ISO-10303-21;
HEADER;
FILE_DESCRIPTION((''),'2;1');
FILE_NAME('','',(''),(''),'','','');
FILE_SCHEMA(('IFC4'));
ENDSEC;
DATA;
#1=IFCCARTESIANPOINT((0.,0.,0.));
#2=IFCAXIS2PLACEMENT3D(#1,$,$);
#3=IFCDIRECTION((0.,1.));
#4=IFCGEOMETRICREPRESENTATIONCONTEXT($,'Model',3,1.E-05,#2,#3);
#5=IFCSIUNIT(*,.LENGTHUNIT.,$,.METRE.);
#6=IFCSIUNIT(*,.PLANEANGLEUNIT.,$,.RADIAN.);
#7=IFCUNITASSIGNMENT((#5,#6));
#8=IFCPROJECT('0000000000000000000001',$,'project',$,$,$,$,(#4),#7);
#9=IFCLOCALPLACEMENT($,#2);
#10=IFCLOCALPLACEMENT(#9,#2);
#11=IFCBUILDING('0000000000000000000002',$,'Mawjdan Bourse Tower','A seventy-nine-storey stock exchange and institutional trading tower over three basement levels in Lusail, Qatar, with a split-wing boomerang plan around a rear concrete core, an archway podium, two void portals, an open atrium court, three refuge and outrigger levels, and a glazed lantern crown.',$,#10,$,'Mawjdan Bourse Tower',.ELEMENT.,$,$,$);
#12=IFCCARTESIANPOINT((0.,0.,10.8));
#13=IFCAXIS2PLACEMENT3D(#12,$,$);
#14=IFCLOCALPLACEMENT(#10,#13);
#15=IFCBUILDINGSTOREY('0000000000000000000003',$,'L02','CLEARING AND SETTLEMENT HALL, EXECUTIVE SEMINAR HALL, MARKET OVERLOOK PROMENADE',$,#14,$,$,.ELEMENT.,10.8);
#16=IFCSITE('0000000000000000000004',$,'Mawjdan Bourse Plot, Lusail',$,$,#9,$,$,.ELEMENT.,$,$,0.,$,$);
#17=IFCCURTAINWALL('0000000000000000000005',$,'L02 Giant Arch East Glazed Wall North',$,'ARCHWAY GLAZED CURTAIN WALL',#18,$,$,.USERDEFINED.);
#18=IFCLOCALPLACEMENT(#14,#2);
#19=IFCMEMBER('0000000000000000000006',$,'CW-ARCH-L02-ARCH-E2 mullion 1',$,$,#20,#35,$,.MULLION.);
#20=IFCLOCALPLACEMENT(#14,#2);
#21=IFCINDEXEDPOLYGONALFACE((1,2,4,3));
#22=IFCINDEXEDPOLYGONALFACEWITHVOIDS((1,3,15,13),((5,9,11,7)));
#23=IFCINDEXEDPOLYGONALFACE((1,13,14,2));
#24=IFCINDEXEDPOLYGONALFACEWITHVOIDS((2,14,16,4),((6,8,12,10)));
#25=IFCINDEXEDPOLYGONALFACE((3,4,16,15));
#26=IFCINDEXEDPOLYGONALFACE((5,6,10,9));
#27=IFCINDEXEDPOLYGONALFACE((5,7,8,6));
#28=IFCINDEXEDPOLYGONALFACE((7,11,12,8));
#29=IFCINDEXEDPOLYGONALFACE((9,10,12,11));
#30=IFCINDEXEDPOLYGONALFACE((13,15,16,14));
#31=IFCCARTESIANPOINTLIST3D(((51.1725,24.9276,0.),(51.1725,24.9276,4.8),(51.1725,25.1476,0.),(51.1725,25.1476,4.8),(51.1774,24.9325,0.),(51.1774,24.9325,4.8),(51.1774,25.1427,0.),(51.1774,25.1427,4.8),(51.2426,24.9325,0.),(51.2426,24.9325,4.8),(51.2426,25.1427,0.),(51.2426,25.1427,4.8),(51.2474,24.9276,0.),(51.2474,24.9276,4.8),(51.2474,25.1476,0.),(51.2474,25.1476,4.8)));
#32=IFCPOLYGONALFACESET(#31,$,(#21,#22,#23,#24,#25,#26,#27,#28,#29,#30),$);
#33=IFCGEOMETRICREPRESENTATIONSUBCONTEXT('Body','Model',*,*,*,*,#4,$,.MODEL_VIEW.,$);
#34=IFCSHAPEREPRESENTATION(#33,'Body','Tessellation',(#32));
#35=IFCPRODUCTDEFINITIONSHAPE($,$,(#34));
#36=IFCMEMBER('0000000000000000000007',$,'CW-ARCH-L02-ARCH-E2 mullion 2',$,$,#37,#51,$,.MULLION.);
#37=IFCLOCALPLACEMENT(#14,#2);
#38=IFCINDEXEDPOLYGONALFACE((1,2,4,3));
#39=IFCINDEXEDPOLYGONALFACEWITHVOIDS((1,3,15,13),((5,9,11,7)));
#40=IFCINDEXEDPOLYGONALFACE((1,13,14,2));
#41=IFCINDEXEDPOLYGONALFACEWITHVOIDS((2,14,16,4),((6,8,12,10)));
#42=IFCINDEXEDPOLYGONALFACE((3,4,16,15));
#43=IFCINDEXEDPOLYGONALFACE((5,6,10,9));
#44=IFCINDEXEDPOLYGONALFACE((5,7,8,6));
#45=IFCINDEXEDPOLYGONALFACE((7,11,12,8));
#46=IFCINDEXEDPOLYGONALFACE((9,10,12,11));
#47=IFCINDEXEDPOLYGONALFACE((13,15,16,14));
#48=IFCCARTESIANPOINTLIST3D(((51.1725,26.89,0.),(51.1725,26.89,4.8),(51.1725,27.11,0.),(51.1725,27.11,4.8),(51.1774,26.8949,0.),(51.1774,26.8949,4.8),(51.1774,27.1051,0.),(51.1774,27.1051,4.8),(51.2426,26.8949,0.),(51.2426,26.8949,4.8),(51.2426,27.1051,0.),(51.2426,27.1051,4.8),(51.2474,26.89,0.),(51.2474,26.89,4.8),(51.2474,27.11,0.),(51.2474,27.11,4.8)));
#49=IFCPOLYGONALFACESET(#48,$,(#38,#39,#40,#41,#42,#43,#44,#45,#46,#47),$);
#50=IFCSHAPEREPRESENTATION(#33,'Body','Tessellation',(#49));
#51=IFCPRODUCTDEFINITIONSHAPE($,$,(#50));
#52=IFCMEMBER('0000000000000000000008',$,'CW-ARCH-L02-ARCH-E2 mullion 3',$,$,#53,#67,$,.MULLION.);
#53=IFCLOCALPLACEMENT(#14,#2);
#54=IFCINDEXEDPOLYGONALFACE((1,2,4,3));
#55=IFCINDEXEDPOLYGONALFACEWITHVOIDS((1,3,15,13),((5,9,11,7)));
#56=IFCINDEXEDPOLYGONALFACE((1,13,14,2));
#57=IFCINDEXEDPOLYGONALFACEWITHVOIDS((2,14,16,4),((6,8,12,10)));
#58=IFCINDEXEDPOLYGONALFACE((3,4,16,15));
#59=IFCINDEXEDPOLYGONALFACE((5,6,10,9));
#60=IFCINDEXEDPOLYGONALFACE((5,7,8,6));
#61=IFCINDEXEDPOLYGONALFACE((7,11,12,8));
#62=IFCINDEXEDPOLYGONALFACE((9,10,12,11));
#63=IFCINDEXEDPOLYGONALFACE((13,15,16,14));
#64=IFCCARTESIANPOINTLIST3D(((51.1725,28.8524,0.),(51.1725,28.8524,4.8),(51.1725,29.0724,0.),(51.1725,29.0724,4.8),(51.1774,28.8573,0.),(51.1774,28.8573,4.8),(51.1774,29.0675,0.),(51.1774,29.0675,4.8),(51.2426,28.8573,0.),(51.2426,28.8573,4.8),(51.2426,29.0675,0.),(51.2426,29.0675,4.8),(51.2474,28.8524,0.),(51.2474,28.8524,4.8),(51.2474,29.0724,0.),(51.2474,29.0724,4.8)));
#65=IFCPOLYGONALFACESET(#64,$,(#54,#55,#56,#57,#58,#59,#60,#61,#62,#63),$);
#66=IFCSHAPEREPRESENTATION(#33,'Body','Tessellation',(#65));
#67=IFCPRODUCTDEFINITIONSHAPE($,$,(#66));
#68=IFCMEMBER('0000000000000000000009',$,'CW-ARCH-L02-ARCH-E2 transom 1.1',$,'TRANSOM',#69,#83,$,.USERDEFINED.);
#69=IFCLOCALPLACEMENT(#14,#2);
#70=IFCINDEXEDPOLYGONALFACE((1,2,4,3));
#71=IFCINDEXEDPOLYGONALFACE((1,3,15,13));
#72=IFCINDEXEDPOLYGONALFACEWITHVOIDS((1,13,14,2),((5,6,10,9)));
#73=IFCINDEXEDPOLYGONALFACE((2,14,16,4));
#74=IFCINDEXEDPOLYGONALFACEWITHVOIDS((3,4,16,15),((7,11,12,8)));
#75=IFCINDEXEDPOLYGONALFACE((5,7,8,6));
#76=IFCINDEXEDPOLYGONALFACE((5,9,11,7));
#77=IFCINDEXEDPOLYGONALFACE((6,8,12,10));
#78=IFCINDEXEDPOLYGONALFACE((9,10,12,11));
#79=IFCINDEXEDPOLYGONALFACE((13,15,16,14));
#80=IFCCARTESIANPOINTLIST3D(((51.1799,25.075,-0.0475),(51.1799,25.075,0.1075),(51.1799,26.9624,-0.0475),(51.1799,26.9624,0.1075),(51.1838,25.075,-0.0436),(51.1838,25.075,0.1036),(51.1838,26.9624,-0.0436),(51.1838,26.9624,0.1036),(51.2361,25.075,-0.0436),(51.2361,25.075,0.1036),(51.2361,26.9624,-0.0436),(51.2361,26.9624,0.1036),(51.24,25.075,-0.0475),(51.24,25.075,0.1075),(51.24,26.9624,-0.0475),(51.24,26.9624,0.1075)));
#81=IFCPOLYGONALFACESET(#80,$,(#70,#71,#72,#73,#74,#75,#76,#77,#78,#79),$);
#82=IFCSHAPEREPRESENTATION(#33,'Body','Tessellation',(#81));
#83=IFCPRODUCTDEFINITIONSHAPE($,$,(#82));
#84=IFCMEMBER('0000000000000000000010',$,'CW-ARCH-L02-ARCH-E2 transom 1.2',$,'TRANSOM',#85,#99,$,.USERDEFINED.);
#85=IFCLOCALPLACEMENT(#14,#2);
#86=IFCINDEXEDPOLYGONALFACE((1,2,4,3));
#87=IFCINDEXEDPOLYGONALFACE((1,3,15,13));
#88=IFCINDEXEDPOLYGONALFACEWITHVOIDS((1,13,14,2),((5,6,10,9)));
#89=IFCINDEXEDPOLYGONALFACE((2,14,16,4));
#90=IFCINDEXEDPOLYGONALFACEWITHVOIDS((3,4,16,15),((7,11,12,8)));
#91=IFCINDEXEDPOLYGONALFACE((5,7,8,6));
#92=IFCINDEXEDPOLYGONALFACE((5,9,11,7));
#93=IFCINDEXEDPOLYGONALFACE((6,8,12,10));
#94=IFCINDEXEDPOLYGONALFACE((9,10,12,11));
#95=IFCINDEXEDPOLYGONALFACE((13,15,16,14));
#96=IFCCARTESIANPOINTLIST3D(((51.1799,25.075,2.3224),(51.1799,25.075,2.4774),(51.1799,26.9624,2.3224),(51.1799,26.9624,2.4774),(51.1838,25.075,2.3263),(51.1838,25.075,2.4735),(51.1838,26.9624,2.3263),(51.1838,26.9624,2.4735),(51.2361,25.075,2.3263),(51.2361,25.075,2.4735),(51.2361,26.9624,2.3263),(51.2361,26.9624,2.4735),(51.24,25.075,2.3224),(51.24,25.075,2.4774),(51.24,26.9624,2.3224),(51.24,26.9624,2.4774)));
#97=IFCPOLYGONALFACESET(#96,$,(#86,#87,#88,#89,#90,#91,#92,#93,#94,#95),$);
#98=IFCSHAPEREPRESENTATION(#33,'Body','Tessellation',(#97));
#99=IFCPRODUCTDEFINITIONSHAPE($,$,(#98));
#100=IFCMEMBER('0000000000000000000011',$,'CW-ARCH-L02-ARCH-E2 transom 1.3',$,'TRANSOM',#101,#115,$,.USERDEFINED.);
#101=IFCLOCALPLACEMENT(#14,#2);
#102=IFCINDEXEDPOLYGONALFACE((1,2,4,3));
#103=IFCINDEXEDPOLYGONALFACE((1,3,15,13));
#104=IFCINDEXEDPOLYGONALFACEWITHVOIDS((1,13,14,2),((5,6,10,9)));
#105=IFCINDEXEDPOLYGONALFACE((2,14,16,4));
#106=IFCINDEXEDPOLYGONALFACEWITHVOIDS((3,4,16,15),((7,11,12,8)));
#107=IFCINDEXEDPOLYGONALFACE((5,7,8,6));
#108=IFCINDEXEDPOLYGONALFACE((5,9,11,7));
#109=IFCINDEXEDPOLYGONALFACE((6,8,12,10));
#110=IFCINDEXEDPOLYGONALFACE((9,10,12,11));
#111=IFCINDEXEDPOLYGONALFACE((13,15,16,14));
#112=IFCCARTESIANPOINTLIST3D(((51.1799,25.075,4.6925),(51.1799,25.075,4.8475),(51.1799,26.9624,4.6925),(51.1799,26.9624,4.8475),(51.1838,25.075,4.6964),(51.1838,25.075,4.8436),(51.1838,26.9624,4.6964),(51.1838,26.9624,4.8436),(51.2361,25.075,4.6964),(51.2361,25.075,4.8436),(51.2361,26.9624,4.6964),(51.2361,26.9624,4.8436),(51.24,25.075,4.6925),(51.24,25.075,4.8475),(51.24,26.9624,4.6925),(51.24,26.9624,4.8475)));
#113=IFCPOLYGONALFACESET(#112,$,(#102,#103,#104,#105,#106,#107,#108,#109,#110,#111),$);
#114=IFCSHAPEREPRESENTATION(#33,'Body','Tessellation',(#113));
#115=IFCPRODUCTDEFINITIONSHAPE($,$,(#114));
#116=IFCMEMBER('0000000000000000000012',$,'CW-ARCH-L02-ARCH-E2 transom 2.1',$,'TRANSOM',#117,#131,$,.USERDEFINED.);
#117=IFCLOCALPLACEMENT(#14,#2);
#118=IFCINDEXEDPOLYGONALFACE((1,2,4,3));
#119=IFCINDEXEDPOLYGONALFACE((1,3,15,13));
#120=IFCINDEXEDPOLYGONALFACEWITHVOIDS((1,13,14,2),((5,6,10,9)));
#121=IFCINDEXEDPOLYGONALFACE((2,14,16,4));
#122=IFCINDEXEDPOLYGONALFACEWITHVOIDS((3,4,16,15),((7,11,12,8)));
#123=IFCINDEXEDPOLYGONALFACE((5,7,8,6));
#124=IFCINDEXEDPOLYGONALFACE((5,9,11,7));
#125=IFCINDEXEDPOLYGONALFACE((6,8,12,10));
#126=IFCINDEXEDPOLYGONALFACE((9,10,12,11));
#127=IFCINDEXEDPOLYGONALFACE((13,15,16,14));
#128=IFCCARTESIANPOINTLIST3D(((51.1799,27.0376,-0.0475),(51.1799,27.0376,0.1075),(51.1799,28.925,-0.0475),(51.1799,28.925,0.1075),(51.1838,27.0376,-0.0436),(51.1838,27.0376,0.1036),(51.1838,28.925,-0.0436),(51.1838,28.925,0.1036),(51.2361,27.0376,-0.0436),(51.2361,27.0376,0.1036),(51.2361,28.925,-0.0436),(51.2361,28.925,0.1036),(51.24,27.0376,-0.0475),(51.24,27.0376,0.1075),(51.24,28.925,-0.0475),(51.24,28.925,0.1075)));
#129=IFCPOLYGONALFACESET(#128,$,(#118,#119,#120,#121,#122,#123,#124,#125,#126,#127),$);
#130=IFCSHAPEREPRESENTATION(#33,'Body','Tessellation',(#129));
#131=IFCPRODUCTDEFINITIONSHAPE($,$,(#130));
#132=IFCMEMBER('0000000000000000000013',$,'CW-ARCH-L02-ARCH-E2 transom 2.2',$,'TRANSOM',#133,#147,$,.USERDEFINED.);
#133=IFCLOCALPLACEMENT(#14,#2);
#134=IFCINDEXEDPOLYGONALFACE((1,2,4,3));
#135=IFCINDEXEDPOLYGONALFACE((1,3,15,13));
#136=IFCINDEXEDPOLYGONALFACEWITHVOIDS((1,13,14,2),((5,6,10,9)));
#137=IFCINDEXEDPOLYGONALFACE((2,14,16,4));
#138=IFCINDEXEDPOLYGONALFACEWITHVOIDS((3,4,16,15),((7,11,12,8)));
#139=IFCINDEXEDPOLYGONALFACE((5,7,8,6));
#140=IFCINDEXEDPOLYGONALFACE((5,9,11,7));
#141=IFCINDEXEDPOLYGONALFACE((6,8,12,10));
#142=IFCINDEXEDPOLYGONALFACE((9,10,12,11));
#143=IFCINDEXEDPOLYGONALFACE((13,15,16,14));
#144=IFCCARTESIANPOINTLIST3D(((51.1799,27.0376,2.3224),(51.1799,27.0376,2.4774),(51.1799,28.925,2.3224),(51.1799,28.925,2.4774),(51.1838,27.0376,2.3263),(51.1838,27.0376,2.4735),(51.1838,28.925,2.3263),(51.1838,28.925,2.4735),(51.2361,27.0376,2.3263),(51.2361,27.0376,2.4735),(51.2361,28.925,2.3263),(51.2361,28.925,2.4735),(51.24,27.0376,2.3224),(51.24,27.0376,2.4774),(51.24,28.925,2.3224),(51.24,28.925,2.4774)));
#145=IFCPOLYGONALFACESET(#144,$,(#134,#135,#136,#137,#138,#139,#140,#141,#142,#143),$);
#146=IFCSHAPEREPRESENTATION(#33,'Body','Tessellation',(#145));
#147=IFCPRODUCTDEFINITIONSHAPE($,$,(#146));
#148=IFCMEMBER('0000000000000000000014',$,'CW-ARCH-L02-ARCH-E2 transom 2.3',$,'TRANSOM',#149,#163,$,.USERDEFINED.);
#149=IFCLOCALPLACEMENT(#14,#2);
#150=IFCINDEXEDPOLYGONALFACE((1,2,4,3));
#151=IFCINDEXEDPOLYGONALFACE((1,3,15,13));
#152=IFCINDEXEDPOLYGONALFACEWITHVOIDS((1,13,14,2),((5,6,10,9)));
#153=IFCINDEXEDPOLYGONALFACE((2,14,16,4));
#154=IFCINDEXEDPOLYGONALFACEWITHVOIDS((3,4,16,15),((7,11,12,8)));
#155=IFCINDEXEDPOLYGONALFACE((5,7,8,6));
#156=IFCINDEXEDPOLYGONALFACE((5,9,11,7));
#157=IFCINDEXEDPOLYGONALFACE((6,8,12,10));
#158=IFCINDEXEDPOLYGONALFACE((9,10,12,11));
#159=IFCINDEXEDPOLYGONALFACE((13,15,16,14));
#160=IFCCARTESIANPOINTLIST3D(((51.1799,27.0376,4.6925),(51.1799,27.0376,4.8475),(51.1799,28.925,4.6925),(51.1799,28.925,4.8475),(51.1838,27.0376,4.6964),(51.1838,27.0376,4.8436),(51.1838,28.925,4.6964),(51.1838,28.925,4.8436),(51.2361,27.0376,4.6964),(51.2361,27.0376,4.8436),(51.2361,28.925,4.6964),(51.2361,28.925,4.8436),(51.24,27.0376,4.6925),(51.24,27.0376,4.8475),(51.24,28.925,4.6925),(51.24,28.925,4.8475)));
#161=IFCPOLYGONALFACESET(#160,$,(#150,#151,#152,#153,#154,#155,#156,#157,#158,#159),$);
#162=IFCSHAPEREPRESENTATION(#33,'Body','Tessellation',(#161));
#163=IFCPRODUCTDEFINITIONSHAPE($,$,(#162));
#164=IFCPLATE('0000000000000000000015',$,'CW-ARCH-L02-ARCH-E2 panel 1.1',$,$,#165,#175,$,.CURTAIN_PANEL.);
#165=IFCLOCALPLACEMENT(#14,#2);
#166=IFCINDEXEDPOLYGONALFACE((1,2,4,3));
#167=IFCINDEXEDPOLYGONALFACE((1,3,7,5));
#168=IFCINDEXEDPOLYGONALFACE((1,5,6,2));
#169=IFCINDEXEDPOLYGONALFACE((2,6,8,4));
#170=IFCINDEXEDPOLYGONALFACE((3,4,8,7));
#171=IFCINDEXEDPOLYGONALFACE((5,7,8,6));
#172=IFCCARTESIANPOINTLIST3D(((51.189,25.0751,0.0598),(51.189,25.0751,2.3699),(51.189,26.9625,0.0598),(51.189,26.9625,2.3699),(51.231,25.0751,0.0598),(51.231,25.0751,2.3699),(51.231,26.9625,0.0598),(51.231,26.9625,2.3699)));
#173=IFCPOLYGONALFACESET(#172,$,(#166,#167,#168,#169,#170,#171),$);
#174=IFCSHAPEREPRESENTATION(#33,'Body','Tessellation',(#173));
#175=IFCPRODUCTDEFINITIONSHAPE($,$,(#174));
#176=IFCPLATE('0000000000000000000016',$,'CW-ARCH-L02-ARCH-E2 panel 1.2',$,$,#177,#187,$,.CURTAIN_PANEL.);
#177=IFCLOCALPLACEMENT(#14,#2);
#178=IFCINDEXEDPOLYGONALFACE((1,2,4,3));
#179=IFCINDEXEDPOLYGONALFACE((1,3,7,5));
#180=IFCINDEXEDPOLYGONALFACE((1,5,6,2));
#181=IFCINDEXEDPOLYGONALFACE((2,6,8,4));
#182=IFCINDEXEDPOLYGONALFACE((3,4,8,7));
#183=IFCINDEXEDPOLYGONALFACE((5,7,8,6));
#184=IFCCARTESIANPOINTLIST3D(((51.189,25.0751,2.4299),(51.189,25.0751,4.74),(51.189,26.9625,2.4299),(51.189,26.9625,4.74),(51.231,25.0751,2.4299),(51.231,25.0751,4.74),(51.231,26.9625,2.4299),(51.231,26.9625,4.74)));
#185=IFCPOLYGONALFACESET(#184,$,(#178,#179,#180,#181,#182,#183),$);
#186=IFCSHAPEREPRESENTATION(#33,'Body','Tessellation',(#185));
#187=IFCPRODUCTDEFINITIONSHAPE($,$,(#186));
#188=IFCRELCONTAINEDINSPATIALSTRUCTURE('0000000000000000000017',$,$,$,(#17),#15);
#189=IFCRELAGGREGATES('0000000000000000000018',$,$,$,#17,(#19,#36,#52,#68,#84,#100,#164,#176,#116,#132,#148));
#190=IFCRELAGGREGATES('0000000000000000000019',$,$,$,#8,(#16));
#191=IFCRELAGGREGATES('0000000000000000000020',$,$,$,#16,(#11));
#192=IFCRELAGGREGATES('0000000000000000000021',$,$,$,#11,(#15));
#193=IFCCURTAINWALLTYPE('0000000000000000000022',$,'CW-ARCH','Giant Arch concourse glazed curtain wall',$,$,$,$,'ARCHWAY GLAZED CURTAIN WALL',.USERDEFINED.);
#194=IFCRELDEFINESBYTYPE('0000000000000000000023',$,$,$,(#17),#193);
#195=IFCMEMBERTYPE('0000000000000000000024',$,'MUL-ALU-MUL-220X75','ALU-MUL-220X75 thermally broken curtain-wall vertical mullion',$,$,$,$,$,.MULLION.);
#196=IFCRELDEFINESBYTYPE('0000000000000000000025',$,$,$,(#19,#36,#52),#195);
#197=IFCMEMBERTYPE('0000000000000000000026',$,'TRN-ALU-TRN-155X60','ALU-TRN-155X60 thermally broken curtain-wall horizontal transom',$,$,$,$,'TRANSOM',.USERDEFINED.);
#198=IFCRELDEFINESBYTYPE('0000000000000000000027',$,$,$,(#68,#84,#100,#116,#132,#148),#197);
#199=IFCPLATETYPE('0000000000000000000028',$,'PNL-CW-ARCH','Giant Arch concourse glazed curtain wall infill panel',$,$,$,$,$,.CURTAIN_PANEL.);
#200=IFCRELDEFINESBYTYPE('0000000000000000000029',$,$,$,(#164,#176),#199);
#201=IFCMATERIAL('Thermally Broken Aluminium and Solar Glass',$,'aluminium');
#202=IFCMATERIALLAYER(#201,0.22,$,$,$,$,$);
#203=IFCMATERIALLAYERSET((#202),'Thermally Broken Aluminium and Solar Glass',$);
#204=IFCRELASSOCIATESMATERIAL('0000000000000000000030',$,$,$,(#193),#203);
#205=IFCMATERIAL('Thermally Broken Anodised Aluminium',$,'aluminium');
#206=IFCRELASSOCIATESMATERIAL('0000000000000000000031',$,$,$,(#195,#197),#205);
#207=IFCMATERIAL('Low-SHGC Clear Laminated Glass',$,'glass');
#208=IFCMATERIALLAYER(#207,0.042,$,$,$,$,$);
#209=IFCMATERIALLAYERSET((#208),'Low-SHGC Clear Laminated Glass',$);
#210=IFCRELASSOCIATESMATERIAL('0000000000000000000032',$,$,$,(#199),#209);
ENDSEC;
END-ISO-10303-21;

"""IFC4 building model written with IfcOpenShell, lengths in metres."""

from ifc_helpers import new_model, si_unit, direction, frame, origin, origin_2d, place, context, subcontext, project, spatial, rectangle, hollow_rectangle, extrude, material, layer, layer_set, material_profile, profile_set, type_object, element, aggregate, save


model = new_model("IFC4")

# Units and contexts
model_context = context("Model", 3, precision=1e-05, world=origin(), true_north=direction((0.0, 1.0)))
body_context = subcontext(model_context, "Body", "Model", "MODEL_VIEW")
ifc_project = project(units=[si_unit("LENGTHUNIT", "METRE"), si_unit("PLANEANGLEUNIT", "RADIAN")], contexts=[model_context])

# Site, building, storey
site_placement = place(None, origin())
site = spatial("IfcSite", under=ifc_project, at=site_placement, Name="Mawjdan Bourse Plot, Lusail", CompositionType="ELEMENT", RefElevation=0.0)
building_placement = place(site_placement, origin())
building = spatial("IfcBuilding", under=site, at=building_placement, Name="Mawjdan Bourse Tower", Description="A seventy-nine-storey stock exchange and institutional trading tower over three basement levels in Lusail, Qatar, with a split-wing boomerang plan around a rear concrete core, an archway podium, two void portals, an open atrium court, three refuge and outrigger levels, and a glazed lantern crown.", LongName="Mawjdan Bourse Tower", CompositionType="ELEMENT")
storey_placement = place(building_placement, frame((0.0, 0.0, 10.8)))
storey = spatial("IfcBuildingStorey", under=building, at=storey_placement, Name="L02", Description="CLEARING AND SETTLEMENT HALL, EXECUTIVE SEMINAR HALL, MARKET OVERLOOK PROMENADE", CompositionType="ELEMENT", Elevation=10.8)

# Curtain wall, members, plates
ifc_material_1 = material(Name="Thermally Broken Aluminium and Solar Glass", Category="aluminium")
ifc_layer_1 = layer(ifc_material_1, 0.22)
ifc_layer_set_1 = layer_set([ifc_layer_1], Name="Thermally Broken Aluminium and Solar Glass")
curtain_wall_type = type_object("IfcCurtainWallType", Name="CW-ARCH", Description="Giant Arch concourse glazed curtain wall", ElementType="ARCHWAY GLAZED CURTAIN WALL", PredefinedType="USERDEFINED", material=ifc_layer_set_1)
curtain_wall_placement = place(storey_placement, origin())
curtain_wall = element("IfcCurtainWall", 1, at=curtain_wall_placement, inside=storey, type_object=curtain_wall_type, Name="L02 Giant Arch East Glazed Wall North", ObjectType="ARCHWAY GLAZED CURTAIN WALL", PredefinedType="USERDEFINED")
ifc_material_2 = material(Name="Thermally Broken Anodised Aluminium", Category="aluminium")
ifc_material_profile_1 = material_profile(ifc_material_2, hollow_rectangle(XDim=0.075, YDim=0.22, WallThickness=0.0049, at=origin_2d()), Name="ALU-MUL-220X75")
ifc_profile_set_1 = profile_set([ifc_material_profile_1], Name="Thermally Broken Anodised Aluminium")
member_type_1 = type_object("IfcMemberType", Name="MUL-ALU-MUL-220X75", Description="ALU-MUL-220X75 thermally broken curtain-wall vertical mullion", PredefinedType="MULLION", material=ifc_profile_set_1)
member_1_placement = place(storey_placement, frame((51.21, 25.0376, 0.0), z_axis=(0.0, 0.0, 1.0), x_axis=(-1.0, 0.0, 0.0)))
member_1 = element("IfcMember", 2, at=member_1_placement, type_object=member_type_1, Name="CW-ARCH-L02-ARCH-E2 mullion 1", PredefinedType="MULLION", context=body_context, shape_type="SweptSolid", body=[
    extrude(hollow_rectangle(XDim=0.075, YDim=0.22, WallThickness=0.0049, at=origin_2d()), origin(), (0.0, 0.0, 1.0), 4.8),
])
member_2_placement = place(storey_placement, frame((51.21, 27.0, 0.0), z_axis=(0.0, 0.0, 1.0), x_axis=(-1.0, 0.0, 0.0)))
member_2 = element("IfcMember", 3, at=member_2_placement, type_object=member_type_1, Name="CW-ARCH-L02-ARCH-E2 mullion 2", PredefinedType="MULLION", context=body_context, shape_type="SweptSolid", body=[
    extrude(hollow_rectangle(XDim=0.075, YDim=0.22, WallThickness=0.0049, at=origin_2d()), origin(), (0.0, 0.0, 1.0), 4.8),
])
member_3_placement = place(storey_placement, frame((51.21, 28.9624, 0.0), z_axis=(0.0, 0.0, 1.0), x_axis=(-1.0, 0.0, 0.0)))
member_3 = element("IfcMember", 4, at=member_3_placement, type_object=member_type_1, Name="CW-ARCH-L02-ARCH-E2 mullion 3", PredefinedType="MULLION", context=body_context, shape_type="SweptSolid", body=[
    extrude(hollow_rectangle(XDim=0.075, YDim=0.22, WallThickness=0.0049, at=origin_2d()), origin(), (0.0, 0.0, 1.0), 4.8),
])
ifc_material_profile_2 = material_profile(ifc_material_2, hollow_rectangle(XDim=0.0601, YDim=0.155, WallThickness=0.0039, at=origin_2d()), Name="ALU-TRN-155X60")
ifc_profile_set_2 = profile_set([ifc_material_profile_2], Name="Thermally Broken Anodised Aluminium")
member_type_2 = type_object("IfcMemberType", Name="TRN-ALU-TRN-155X60", Description="ALU-TRN-155X60 thermally broken curtain-wall horizontal transom", ElementType="TRANSOM", PredefinedType="USERDEFINED", material=ifc_profile_set_2)
member_4_placement = place(storey_placement, frame((51.21, 25.075, 0.03), z_axis=(0.0, 1.0, 0.0), x_axis=(-1.0, 0.0, 0.0)))
member_4 = element("IfcMember", 5, at=member_4_placement, type_object=member_type_2, Name="CW-ARCH-L02-ARCH-E2 transom 1.1", ObjectType="TRANSOM", PredefinedType="USERDEFINED", context=body_context, shape_type="SweptSolid", body=[
    extrude(hollow_rectangle(XDim=0.0601, YDim=0.155, WallThickness=0.0039, at=origin_2d()), origin(), (0.0, 0.0, 1.0), 1.8875),
])
member_5_placement = place(storey_placement, frame((51.21, 25.075, 2.3999), z_axis=(0.0, 1.0, 0.0), x_axis=(-1.0, 0.0, 0.0)))
member_5 = element("IfcMember", 6, at=member_5_placement, type_object=member_type_2, Name="CW-ARCH-L02-ARCH-E2 transom 1.2", ObjectType="TRANSOM", PredefinedType="USERDEFINED", context=body_context, shape_type="SweptSolid", body=[
    extrude(hollow_rectangle(XDim=0.0601, YDim=0.155, WallThickness=0.0039, at=origin_2d()), origin(), (0.0, 0.0, 1.0), 1.8875),
])
member_6_placement = place(storey_placement, frame((51.21, 25.075, 4.77), z_axis=(0.0, 1.0, 0.0), x_axis=(-1.0, 0.0, 0.0)))
member_6 = element("IfcMember", 7, at=member_6_placement, type_object=member_type_2, Name="CW-ARCH-L02-ARCH-E2 transom 1.3", ObjectType="TRANSOM", PredefinedType="USERDEFINED", context=body_context, shape_type="SweptSolid", body=[
    extrude(hollow_rectangle(XDim=0.0601, YDim=0.155, WallThickness=0.0039, at=origin_2d()), origin(), (0.0, 0.0, 1.0), 1.8875),
])
member_7_placement = place(storey_placement, frame((51.21, 27.0376, 0.03), z_axis=(0.0, 1.0, 0.0), x_axis=(-1.0, 0.0, 0.0)))
member_7 = element("IfcMember", 8, at=member_7_placement, type_object=member_type_2, Name="CW-ARCH-L02-ARCH-E2 transom 2.1", ObjectType="TRANSOM", PredefinedType="USERDEFINED", context=body_context, shape_type="SweptSolid", body=[
    extrude(hollow_rectangle(XDim=0.0601, YDim=0.155, WallThickness=0.0039, at=origin_2d()), origin(), (0.0, 0.0, 1.0), 1.8875),
])
member_8_placement = place(storey_placement, frame((51.21, 27.0376, 2.3999), z_axis=(0.0, 1.0, 0.0), x_axis=(-1.0, 0.0, 0.0)))
member_8 = element("IfcMember", 9, at=member_8_placement, type_object=member_type_2, Name="CW-ARCH-L02-ARCH-E2 transom 2.2", ObjectType="TRANSOM", PredefinedType="USERDEFINED", context=body_context, shape_type="SweptSolid", body=[
    extrude(hollow_rectangle(XDim=0.0601, YDim=0.155, WallThickness=0.0039, at=origin_2d()), origin(), (0.0, 0.0, 1.0), 1.8875),
])
member_9_placement = place(storey_placement, frame((51.21, 27.0376, 4.77), z_axis=(0.0, 1.0, 0.0), x_axis=(-1.0, 0.0, 0.0)))
member_9 = element("IfcMember", 10, at=member_9_placement, type_object=member_type_2, Name="CW-ARCH-L02-ARCH-E2 transom 2.3", ObjectType="TRANSOM", PredefinedType="USERDEFINED", context=body_context, shape_type="SweptSolid", body=[
    extrude(hollow_rectangle(XDim=0.0601, YDim=0.155, WallThickness=0.0039, at=origin_2d()), origin(), (0.0, 0.0, 1.0), 1.8875),
])
ifc_material_3 = material(Name="Low-SHGC Clear Laminated Glass", Category="glass")
ifc_layer_2 = layer(ifc_material_3, 0.042)
ifc_layer_set_2 = layer_set([ifc_layer_2], Name="Low-SHGC Clear Laminated Glass")
plate_type = type_object("IfcPlateType", Name="PNL-CW-ARCH", Description="Giant Arch concourse glazed curtain wall infill panel", PredefinedType="CURTAIN_PANEL", material=ifc_layer_set_2)
plate_1_placement = place(storey_placement, frame((51.21, 26.0188, 0.0598), z_axis=(0.0, 0.0, 1.0), x_axis=(0.0, 1.0, 0.0)))
plate_1 = element("IfcPlate", 11, at=plate_1_placement, type_object=plate_type, Name="CW-ARCH-L02-ARCH-E2 panel 1.1", PredefinedType="CURTAIN_PANEL", context=body_context, shape_type="SweptSolid", body=[
    extrude(rectangle(XDim=1.8875, YDim=0.042, at=origin_2d()), origin(), (0.0, 0.0, 1.0), 2.3101),
])
plate_2_placement = place(storey_placement, frame((51.21, 26.0188, 2.4299), z_axis=(0.0, 0.0, 1.0), x_axis=(0.0, 1.0, 0.0)))
plate_2 = element("IfcPlate", 12, at=plate_2_placement, type_object=plate_type, Name="CW-ARCH-L02-ARCH-E2 panel 1.2", PredefinedType="CURTAIN_PANEL", context=body_context, shape_type="SweptSolid", body=[
    extrude(rectangle(XDim=1.8875, YDim=0.042, at=origin_2d()), origin(), (0.0, 0.0, 1.0), 2.3101),
])
aggregate(curtain_wall, [member_1, member_2, member_3, member_4, member_5, member_6, plate_1, plate_2, member_7, member_8, member_9])

save(model, "model.ifc")
